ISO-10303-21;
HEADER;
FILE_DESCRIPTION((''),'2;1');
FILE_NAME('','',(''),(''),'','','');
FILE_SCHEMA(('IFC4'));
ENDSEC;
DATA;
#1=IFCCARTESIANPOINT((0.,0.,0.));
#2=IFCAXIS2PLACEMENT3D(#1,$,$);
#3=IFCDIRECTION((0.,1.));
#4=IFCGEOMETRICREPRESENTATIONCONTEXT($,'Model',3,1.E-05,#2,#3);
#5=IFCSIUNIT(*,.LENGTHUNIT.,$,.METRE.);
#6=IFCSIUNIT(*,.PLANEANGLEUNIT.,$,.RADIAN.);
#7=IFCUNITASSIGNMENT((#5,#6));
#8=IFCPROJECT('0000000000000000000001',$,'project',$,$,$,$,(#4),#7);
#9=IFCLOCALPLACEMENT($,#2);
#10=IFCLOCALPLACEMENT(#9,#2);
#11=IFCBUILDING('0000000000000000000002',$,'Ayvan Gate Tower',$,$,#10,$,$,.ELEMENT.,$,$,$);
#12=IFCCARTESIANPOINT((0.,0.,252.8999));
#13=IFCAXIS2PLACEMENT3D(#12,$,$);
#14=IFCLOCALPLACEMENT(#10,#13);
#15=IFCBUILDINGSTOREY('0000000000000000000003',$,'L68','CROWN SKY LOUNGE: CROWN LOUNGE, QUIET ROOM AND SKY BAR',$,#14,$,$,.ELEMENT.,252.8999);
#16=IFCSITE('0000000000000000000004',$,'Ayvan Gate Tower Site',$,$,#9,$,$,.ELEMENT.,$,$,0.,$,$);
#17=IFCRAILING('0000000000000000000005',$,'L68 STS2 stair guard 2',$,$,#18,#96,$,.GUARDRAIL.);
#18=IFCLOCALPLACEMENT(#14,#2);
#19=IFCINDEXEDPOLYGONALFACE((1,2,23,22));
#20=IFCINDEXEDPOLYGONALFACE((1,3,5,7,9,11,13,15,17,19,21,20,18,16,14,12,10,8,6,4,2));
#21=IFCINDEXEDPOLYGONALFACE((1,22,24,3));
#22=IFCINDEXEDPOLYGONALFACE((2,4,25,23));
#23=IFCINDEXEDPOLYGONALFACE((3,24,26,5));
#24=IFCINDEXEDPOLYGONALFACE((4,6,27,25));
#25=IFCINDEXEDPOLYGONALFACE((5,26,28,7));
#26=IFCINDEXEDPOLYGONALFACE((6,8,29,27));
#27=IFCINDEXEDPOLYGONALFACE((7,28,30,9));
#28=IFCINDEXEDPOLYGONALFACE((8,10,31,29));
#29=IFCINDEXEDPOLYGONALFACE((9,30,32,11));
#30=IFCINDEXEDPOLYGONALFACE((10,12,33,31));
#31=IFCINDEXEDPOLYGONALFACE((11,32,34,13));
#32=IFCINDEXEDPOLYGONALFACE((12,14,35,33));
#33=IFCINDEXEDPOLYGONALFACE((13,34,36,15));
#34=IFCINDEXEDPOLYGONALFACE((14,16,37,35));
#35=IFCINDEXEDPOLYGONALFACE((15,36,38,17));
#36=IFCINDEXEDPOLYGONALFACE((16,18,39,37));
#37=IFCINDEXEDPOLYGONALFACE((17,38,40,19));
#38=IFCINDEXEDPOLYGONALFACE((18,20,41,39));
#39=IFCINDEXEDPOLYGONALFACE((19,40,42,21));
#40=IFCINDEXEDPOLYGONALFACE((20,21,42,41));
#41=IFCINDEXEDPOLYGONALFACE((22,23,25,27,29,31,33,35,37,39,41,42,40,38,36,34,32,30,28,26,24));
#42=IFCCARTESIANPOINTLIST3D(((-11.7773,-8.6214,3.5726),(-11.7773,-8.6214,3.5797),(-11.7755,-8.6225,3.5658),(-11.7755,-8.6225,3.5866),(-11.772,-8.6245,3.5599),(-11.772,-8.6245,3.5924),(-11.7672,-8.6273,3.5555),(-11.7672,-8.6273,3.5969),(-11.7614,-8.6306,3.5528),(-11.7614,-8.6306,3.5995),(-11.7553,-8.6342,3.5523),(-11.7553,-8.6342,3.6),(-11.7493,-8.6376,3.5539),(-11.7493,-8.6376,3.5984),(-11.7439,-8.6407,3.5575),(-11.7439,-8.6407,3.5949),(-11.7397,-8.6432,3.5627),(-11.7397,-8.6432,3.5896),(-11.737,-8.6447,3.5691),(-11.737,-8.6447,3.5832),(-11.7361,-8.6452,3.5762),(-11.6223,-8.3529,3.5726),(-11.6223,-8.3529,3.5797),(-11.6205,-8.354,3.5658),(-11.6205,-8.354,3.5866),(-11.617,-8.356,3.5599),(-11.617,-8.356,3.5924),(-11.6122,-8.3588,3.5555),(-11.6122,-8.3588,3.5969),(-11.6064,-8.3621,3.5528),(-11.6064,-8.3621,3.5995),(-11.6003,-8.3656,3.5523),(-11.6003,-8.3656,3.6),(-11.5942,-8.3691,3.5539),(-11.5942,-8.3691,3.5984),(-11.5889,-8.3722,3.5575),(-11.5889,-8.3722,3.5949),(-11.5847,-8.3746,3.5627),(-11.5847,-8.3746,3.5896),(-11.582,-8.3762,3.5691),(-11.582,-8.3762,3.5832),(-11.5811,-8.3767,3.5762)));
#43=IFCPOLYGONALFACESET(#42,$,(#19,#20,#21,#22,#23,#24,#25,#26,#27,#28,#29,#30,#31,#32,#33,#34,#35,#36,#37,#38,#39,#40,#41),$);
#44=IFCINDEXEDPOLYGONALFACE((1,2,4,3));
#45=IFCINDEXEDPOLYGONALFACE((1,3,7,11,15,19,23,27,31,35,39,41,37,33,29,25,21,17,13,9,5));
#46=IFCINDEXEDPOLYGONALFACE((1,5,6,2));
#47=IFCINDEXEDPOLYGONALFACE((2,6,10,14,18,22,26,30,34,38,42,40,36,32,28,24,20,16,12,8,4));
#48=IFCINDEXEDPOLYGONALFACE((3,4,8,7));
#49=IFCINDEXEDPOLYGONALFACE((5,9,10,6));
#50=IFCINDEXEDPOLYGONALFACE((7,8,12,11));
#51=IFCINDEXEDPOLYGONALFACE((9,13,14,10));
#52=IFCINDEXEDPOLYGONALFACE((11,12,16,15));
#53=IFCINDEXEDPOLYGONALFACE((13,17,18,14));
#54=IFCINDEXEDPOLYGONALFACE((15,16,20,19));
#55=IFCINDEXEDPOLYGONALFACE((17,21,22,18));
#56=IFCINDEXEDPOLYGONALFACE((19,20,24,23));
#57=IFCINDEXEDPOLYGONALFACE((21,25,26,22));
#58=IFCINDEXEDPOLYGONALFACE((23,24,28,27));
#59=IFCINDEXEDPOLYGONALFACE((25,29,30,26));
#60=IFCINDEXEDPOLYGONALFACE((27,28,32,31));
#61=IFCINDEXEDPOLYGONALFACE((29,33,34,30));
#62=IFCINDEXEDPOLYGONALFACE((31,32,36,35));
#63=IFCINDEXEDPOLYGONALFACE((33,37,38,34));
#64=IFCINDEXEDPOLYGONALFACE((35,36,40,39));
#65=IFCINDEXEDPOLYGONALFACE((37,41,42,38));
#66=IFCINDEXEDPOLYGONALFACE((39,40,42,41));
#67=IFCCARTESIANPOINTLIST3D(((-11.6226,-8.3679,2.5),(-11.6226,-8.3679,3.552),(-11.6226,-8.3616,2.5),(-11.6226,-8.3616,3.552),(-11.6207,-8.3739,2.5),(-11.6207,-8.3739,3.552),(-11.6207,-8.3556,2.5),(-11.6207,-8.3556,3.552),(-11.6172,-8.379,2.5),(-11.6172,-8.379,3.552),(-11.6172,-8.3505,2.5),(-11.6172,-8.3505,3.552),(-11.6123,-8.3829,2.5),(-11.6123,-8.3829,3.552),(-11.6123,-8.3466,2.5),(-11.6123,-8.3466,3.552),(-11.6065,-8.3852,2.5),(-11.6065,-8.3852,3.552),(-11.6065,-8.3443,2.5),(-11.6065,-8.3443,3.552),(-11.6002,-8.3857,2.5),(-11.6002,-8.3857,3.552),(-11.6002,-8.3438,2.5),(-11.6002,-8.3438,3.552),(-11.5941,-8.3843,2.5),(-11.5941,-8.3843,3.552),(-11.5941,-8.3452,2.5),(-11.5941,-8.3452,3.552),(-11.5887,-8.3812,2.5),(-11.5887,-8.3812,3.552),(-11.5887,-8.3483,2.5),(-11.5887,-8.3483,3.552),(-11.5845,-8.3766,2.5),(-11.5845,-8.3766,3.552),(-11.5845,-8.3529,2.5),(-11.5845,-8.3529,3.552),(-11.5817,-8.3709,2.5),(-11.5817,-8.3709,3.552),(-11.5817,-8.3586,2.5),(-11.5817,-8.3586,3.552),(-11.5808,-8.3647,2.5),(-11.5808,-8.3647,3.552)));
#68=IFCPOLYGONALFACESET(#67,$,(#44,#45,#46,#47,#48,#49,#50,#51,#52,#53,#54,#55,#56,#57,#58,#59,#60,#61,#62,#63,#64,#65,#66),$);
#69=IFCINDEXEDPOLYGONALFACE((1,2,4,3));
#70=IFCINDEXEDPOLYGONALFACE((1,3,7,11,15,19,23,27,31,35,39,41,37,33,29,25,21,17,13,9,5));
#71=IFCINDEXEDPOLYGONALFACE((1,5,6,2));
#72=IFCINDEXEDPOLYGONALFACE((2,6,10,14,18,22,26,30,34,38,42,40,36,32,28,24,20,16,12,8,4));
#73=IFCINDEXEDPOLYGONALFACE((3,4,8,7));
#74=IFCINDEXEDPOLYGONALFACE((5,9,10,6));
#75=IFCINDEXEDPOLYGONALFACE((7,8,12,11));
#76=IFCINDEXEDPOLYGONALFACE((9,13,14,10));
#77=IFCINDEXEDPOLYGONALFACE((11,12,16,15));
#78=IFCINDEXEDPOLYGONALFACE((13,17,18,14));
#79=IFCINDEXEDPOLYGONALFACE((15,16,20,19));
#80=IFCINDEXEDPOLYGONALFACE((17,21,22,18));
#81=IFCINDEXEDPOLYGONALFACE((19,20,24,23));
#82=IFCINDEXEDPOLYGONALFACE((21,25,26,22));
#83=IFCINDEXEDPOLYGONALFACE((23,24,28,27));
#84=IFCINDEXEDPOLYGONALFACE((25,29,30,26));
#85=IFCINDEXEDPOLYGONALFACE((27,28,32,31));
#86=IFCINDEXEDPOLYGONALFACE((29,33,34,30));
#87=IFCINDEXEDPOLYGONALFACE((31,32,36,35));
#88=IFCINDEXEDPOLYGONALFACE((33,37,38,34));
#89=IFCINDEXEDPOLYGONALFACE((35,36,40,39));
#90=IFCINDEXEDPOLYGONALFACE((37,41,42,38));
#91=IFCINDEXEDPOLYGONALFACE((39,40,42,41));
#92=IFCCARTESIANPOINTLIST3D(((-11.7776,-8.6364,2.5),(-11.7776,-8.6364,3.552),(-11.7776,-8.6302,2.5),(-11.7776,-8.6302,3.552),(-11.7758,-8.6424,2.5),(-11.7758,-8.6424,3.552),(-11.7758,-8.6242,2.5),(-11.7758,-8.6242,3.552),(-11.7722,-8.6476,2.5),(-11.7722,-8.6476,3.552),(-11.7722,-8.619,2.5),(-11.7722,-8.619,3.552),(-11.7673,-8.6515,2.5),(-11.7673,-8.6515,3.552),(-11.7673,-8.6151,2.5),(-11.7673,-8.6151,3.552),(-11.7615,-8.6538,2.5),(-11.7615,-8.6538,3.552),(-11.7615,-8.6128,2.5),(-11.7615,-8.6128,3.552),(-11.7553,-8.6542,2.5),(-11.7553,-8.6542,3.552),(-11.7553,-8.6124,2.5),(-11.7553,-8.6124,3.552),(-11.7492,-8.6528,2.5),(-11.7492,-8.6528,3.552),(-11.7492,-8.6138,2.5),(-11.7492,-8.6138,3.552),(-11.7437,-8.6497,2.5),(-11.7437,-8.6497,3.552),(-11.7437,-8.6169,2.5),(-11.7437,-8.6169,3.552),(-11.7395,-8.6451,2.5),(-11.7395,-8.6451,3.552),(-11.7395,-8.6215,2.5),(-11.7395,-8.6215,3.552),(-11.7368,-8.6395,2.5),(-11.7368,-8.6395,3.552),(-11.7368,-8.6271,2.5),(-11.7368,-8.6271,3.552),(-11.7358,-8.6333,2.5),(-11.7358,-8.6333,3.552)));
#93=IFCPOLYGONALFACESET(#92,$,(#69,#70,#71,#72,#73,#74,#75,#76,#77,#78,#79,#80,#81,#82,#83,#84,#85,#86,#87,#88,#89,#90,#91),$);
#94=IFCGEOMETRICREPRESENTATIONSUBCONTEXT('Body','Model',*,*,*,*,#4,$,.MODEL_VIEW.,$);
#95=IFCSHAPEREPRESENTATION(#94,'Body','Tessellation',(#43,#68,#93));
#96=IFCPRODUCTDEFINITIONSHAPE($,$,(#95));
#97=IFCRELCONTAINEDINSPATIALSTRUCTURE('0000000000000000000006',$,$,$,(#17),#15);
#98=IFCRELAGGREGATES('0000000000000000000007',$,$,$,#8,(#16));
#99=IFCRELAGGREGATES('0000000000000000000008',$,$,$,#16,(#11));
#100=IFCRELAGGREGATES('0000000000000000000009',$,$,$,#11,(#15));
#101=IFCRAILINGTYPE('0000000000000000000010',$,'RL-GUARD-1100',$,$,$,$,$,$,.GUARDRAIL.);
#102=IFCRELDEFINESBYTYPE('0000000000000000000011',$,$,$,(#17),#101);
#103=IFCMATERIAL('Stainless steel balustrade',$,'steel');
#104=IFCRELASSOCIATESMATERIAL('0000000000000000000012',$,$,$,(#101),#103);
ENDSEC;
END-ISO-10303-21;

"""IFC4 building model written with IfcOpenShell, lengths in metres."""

from ifc_helpers import new_model, si_unit, direction, frame, origin, origin_2d, place, context, subcontext, project, spatial, circle, extrude, material, type_object, element, save


model = new_model("IFC4")

# Units and contexts
model_context = context("Model", 3, precision=1e-05, world=origin(), true_north=direction((0.0, 1.0)))
body_context = subcontext(model_context, "Body", "Model", "MODEL_VIEW")
ifc_project = project(units=[si_unit("LENGTHUNIT", "METRE"), si_unit("PLANEANGLEUNIT", "RADIAN")], contexts=[model_context])

# Site, building, storey
site_placement = place(None, origin())
site = spatial("IfcSite", under=ifc_project, at=site_placement, Name="Ayvan Gate Tower Site", CompositionType="ELEMENT", RefElevation=0.0)
building_placement = place(site_placement, origin())
building = spatial("IfcBuilding", under=site, at=building_placement, Name="Ayvan Gate Tower", CompositionType="ELEMENT")
storey_placement = place(building_placement, frame((0.0, 0.0, 252.8999)))
storey = spatial("IfcBuildingStorey", under=building, at=storey_placement, Name="L68", Description="CROWN SKY LOUNGE: CROWN LOUNGE, QUIET ROOM AND SKY BAR", CompositionType="ELEMENT", Elevation=252.8999)

# Railing
ifc_material_1 = material(Name="Stainless steel balustrade", Category="steel")
railing_type_1 = type_object("IfcRailingType", Name="RL-GUARD-1100", PredefinedType="GUARDRAIL", material=ifc_material_1)
railing_1_placement = place(storey_placement, frame((-11.6018, -8.3647, 2.5)))
element("IfcRailing", 1, at=railing_1_placement, inside=storey, type_object=railing_type_1, Name="L68 STS2 stair guard 2", PredefinedType="GUARDRAIL", context=body_context, shape_type="SweptSolid", body=[
    extrude(circle(Radius=0.0239, at=origin_2d()), frame((0.0, 0.0, 1.0762), z_axis=(-0.49995, -0.866054, 0.0), x_axis=(0.866054, -0.49995, 0.0)), (0.0, 0.0, 1.0), 0.3101),
    extrude(circle(Radius=0.021, at=origin_2d()), origin(), (0.0, 0.0, 1.0), 1.052),
    extrude(circle(Radius=0.021, at=origin_2d()), frame((-0.155, -0.2686, 0.0)), (0.0, 0.0, 1.0), 1.052),
])

save(model, "model.ifc")
